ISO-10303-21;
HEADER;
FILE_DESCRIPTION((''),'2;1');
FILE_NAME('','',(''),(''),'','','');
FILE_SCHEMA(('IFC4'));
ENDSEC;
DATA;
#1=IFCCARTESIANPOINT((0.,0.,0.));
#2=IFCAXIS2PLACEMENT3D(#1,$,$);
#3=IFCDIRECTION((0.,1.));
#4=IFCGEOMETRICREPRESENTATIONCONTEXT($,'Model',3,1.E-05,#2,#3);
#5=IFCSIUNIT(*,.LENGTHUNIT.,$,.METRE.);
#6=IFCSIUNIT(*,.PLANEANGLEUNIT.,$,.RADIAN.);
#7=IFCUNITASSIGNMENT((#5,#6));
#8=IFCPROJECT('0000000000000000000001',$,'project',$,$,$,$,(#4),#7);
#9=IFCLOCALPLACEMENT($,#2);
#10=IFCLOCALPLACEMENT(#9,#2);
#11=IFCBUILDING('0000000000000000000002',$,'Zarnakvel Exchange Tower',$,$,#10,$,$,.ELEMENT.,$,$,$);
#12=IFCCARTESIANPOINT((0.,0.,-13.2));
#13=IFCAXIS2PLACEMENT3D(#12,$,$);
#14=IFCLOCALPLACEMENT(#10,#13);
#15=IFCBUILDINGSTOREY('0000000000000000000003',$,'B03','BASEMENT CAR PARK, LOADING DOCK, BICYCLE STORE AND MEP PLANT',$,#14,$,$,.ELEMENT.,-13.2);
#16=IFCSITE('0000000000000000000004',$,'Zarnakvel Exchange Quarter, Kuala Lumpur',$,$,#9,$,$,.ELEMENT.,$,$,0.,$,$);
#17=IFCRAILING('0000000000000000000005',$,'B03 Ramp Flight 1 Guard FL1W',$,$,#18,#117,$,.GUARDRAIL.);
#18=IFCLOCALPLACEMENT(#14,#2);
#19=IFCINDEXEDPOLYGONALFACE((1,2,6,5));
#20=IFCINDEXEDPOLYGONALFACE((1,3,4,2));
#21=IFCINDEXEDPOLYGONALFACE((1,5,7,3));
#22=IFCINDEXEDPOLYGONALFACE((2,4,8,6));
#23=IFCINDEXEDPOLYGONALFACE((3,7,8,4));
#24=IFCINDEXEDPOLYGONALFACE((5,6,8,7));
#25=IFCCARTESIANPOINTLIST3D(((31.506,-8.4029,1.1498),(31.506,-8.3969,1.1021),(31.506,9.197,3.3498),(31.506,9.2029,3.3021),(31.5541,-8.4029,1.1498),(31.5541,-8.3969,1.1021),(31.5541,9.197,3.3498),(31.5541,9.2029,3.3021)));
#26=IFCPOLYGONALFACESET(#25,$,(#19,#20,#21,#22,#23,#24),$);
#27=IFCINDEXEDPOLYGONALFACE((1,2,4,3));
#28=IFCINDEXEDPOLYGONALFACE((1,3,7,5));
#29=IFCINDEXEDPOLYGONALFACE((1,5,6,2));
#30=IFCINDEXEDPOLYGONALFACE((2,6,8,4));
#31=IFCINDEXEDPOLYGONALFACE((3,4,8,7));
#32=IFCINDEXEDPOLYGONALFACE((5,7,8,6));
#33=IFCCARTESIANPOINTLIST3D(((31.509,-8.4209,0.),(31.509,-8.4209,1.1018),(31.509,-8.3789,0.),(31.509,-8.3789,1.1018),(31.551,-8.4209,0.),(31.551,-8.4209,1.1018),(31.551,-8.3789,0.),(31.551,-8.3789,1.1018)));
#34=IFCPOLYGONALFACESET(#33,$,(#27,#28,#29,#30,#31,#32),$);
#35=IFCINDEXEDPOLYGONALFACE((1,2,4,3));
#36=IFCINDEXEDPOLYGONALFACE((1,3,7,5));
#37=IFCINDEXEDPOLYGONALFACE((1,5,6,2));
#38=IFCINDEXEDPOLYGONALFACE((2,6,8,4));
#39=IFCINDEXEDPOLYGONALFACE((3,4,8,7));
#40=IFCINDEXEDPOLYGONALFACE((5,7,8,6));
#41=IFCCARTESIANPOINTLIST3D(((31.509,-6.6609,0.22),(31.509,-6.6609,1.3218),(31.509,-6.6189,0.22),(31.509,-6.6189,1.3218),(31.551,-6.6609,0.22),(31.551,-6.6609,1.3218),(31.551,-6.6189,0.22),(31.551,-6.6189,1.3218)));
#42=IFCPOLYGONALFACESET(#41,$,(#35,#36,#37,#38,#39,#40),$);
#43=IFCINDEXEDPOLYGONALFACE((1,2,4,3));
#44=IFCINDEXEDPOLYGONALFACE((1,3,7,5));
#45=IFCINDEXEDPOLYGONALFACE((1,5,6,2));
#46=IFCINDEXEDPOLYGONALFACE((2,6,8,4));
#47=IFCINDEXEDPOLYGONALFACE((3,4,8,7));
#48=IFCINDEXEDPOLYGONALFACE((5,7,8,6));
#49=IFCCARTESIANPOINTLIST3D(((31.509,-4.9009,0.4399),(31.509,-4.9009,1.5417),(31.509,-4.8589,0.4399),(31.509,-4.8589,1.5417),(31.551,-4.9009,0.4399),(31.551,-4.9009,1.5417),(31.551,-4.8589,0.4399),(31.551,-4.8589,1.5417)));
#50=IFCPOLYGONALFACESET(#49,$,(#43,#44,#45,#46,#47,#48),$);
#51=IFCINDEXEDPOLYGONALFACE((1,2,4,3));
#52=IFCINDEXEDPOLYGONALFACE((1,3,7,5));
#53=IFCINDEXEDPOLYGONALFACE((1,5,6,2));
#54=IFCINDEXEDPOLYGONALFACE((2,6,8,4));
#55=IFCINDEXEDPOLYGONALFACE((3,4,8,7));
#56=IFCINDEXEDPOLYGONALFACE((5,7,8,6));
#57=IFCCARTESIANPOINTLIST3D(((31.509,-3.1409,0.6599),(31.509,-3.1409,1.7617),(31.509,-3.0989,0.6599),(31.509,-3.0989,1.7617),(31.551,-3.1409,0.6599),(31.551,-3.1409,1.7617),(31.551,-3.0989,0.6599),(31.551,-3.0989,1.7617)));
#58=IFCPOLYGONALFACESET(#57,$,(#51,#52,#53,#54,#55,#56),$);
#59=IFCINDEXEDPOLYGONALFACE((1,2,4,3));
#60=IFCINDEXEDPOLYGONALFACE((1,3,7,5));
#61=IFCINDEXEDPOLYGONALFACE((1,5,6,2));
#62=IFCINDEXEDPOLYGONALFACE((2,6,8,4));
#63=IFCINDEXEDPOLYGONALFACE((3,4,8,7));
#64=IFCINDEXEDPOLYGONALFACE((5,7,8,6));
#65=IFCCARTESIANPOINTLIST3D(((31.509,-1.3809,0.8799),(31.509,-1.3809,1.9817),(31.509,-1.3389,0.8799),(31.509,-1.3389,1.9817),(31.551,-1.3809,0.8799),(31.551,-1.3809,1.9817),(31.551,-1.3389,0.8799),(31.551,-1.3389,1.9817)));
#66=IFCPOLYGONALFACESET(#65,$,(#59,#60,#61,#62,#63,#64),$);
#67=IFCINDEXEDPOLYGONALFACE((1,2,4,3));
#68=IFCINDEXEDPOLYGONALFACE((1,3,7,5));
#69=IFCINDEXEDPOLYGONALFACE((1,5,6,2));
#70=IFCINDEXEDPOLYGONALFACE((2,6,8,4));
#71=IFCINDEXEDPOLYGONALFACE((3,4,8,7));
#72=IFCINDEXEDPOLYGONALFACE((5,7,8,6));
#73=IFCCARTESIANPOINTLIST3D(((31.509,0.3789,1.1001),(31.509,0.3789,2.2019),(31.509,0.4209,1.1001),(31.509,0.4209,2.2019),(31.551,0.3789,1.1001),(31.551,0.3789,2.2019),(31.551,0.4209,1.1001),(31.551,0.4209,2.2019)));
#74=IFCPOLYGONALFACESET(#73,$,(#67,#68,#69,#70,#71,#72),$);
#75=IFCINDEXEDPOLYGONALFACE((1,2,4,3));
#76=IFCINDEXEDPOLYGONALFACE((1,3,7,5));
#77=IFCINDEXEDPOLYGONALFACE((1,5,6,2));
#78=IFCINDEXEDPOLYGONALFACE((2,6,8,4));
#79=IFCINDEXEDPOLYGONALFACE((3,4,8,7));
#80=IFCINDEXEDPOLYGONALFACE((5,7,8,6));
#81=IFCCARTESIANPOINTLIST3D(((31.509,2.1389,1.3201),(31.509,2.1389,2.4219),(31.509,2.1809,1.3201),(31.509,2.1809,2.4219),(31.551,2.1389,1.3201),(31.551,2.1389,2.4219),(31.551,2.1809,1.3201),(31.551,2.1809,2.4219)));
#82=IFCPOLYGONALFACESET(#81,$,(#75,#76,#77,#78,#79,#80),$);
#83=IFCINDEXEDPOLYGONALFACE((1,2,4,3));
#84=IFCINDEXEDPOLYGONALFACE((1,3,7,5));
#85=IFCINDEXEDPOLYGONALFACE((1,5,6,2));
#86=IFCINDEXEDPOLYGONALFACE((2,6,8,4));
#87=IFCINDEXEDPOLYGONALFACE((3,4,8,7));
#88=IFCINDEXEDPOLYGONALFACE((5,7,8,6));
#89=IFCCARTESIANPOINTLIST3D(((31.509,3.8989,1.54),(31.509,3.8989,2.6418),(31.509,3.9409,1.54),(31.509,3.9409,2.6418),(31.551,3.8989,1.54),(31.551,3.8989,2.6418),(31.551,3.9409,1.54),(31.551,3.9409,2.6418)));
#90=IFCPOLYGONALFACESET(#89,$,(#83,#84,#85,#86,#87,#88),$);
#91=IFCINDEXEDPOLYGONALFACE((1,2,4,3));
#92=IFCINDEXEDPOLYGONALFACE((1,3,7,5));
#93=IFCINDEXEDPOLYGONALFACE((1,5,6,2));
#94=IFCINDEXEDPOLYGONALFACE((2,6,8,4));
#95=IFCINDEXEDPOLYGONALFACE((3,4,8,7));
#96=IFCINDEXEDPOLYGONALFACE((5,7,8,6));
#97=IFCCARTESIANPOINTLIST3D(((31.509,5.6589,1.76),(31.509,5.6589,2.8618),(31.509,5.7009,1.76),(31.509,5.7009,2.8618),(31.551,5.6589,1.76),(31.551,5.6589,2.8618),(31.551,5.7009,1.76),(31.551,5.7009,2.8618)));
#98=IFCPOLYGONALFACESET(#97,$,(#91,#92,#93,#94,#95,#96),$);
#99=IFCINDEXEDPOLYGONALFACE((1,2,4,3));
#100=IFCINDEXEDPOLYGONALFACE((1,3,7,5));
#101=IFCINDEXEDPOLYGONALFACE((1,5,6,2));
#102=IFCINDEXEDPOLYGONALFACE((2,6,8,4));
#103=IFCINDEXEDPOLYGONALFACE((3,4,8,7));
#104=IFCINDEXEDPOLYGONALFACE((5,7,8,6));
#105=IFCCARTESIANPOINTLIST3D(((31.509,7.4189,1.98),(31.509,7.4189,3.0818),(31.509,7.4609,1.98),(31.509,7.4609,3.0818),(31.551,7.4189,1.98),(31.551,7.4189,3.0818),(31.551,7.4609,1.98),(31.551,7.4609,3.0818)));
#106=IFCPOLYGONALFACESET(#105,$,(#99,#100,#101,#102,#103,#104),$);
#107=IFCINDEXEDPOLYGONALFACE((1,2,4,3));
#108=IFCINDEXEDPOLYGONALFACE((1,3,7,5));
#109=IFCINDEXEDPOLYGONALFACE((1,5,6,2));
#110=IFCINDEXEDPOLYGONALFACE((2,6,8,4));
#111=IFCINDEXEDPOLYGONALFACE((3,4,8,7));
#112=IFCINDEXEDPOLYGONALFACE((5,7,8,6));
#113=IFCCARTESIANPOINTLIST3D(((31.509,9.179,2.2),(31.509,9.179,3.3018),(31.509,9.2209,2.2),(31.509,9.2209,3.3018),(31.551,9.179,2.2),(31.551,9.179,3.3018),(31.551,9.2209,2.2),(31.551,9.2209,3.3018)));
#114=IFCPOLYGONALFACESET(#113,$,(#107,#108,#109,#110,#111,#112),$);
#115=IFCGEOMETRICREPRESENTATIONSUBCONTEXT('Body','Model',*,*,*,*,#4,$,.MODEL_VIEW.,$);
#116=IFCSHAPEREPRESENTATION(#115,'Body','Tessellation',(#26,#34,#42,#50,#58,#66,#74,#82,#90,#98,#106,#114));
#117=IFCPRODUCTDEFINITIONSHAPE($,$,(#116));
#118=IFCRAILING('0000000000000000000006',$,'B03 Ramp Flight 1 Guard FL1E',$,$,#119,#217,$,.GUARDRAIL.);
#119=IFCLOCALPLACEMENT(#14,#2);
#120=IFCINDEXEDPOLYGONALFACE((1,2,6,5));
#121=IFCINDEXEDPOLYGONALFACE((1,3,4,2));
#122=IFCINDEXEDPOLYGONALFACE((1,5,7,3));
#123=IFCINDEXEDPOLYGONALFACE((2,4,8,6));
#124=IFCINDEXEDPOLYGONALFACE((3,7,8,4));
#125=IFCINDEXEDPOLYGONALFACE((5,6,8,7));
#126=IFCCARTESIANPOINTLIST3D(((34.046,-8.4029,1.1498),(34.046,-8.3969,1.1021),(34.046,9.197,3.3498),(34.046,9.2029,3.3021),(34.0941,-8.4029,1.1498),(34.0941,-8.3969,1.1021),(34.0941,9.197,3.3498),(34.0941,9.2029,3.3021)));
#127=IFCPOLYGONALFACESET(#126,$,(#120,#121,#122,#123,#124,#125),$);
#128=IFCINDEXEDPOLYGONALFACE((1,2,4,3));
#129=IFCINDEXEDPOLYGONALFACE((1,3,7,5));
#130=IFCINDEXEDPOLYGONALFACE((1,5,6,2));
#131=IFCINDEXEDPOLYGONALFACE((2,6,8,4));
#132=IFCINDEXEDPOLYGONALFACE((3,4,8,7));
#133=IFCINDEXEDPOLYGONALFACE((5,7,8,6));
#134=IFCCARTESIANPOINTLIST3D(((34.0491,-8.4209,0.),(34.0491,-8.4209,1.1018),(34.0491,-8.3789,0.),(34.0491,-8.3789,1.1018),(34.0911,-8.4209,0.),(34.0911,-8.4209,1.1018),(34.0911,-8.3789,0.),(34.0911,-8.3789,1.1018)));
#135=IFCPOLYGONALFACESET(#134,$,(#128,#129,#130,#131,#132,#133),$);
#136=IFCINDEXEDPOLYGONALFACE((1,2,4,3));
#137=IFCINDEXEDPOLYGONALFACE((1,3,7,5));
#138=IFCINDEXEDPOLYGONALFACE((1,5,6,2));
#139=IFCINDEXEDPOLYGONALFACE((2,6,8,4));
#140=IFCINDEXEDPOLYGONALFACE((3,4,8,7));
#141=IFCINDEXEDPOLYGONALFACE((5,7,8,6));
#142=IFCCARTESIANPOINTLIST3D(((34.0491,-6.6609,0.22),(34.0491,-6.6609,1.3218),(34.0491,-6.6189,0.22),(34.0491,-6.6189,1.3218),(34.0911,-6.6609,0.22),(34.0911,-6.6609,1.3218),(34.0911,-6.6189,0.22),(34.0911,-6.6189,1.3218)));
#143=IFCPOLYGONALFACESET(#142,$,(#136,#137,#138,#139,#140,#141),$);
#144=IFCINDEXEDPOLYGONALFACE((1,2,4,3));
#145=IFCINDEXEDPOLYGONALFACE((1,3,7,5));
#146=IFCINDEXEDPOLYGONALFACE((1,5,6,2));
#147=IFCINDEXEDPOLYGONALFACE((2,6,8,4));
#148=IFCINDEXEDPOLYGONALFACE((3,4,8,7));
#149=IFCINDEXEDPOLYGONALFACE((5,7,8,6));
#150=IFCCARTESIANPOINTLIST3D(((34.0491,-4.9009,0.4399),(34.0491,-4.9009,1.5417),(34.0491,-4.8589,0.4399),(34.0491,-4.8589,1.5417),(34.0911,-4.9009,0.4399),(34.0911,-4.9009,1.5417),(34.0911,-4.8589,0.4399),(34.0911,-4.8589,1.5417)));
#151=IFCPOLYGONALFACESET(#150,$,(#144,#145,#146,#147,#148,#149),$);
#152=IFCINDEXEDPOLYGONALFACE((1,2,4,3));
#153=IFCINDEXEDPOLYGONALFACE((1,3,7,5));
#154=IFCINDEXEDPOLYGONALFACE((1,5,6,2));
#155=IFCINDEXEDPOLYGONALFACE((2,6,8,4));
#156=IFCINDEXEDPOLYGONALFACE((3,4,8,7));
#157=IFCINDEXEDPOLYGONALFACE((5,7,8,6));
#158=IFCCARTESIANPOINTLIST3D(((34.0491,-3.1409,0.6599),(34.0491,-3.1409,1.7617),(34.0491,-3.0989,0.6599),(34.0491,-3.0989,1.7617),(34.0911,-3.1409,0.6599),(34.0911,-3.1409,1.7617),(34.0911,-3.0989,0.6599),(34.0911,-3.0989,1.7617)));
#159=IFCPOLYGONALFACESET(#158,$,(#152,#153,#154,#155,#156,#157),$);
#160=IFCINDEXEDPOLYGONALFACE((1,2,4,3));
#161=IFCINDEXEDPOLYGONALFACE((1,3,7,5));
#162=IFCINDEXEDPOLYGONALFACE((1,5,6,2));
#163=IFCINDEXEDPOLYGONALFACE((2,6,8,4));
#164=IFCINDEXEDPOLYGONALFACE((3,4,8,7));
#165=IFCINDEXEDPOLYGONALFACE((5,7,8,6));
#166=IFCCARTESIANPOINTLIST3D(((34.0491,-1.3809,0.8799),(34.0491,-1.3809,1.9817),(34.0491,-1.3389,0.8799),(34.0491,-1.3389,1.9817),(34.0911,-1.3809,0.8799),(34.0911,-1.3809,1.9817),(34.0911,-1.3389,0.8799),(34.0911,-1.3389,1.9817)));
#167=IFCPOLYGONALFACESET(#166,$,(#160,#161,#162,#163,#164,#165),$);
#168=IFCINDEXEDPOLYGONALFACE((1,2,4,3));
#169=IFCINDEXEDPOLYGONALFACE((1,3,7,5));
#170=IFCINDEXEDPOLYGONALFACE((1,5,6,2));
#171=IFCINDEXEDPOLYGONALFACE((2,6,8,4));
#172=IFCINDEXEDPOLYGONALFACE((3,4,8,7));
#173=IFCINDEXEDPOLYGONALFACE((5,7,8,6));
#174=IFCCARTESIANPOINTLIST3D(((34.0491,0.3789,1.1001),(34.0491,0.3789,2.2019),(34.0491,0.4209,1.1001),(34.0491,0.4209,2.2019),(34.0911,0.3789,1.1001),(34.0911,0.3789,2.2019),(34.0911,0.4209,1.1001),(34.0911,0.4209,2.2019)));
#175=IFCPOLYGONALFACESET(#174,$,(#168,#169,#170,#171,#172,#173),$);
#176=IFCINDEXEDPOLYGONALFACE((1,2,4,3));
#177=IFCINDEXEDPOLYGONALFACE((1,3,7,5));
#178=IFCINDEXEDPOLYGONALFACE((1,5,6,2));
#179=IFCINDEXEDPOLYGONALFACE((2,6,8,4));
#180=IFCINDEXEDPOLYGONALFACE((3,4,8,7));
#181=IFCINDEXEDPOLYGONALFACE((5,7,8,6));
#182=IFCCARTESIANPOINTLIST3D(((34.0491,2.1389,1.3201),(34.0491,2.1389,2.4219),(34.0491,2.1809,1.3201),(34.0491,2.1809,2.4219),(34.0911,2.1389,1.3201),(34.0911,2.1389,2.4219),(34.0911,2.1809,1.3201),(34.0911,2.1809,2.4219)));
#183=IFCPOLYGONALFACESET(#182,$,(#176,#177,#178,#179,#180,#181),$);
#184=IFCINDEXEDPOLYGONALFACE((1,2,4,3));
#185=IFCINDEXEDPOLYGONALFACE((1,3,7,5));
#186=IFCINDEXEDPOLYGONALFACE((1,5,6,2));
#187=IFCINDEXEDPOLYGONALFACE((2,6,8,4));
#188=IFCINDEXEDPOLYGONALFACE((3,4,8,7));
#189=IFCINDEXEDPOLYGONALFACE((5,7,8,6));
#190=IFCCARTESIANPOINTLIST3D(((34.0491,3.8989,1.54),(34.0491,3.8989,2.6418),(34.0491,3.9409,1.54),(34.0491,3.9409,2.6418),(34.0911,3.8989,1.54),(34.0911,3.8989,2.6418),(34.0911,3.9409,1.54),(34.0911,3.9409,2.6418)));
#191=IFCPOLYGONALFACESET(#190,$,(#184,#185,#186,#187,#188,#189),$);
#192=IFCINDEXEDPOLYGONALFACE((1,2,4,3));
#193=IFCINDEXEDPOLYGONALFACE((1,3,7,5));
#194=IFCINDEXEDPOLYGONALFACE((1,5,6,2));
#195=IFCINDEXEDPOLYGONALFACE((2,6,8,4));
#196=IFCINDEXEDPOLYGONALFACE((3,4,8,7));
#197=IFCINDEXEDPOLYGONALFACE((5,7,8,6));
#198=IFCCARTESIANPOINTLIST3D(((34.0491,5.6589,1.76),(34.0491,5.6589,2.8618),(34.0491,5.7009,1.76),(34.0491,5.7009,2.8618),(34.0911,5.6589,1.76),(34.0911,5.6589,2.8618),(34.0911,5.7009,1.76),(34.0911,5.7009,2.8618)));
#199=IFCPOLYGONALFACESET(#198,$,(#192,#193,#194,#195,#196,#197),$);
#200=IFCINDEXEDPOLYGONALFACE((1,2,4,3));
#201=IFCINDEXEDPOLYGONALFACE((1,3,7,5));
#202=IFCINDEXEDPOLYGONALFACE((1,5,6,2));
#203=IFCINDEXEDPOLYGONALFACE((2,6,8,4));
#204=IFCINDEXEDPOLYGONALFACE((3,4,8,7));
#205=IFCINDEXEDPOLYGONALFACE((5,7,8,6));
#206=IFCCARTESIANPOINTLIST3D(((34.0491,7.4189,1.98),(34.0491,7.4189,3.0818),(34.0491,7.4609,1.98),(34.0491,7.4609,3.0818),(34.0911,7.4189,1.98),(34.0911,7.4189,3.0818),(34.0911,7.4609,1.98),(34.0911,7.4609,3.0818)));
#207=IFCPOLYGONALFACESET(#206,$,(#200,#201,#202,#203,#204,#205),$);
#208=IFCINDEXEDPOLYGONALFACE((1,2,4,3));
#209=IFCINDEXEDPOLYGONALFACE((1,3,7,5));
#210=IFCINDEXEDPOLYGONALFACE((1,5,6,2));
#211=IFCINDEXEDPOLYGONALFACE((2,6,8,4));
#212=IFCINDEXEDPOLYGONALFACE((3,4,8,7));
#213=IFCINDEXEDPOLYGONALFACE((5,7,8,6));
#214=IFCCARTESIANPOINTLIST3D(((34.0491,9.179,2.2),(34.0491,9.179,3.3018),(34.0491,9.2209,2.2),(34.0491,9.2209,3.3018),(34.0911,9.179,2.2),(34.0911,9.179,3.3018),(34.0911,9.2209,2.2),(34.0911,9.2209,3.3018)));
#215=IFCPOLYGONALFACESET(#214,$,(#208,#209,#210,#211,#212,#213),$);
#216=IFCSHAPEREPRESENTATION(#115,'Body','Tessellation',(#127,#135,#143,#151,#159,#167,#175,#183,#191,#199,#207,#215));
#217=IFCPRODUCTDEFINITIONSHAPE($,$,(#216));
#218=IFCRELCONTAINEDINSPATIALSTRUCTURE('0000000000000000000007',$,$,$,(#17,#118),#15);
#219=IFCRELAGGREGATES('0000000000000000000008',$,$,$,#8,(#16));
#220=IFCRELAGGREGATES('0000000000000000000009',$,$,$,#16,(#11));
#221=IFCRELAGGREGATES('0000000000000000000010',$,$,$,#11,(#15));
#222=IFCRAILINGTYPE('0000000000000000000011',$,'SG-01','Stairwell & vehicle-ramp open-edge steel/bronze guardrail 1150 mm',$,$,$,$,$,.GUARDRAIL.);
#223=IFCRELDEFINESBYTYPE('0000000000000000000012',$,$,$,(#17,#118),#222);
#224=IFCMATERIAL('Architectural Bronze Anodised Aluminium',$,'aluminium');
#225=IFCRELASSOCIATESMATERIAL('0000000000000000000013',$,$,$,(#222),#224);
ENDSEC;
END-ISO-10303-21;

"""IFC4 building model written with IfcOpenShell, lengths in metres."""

from ifc_helpers import new_model, si_unit, direction, frame, origin, origin_2d, place, context, subcontext, project, spatial, rectangle, extrude, material, type_object, element, save


model = new_model("IFC4")

# Units and contexts
model_context = context("Model", 3, precision=1e-05, world=origin(), true_north=direction((0.0, 1.0)))
body_context = subcontext(model_context, "Body", "Model", "MODEL_VIEW")
ifc_project = project(units=[si_unit("LENGTHUNIT", "METRE"), si_unit("PLANEANGLEUNIT", "RADIAN")], contexts=[model_context])

# Site, building, storey
site_placement = place(None, origin())
site = spatial("IfcSite", under=ifc_project, at=site_placement, Name="Zarnakvel Exchange Quarter, Kuala Lumpur", CompositionType="ELEMENT", RefElevation=0.0)
building_placement = place(site_placement, origin())
building = spatial("IfcBuilding", under=site, at=building_placement, Name="Zarnakvel Exchange Tower", CompositionType="ELEMENT")
storey_placement = place(building_placement, frame((0.0, 0.0, -13.2)))
storey = spatial("IfcBuildingStorey", under=building, at=storey_placement, Name="B03", Description="BASEMENT CAR PARK, LOADING DOCK, BICYCLE STORE AND MEP PLANT", CompositionType="ELEMENT", Elevation=-13.2)

# Railings
ifc_material_1 = material(Name="Architectural Bronze Anodised Aluminium", Category="aluminium")
railing_type = type_object("IfcRailingType", Name="SG-01", Description="Stairwell & vehicle-ramp open-edge steel/bronze guardrail 1150 mm", PredefinedType="GUARDRAIL", material=ifc_material_1)
railing_1_placement = place(storey_placement, frame((31.53, -8.3999, 0.0)))
element("IfcRailing", 1, at=railing_1_placement, inside=storey, type_object=railing_type, Name="B03 Ramp Flight 1 Guard FL1W", PredefinedType="GUARDRAIL", context=body_context, shape_type="SweptSolid", body=[
    extrude(rectangle(XDim=0.0481, YDim=0.0481, at=origin_2d()), frame((0.0, 0.0, 1.126), z_axis=(0.0, 0.992278, 0.124033), x_axis=(-1.0, 0.0, 0.0)), (0.0, 0.0, 1.0), 17.7368),
    extrude(rectangle(XDim=0.042, YDim=0.042, at=origin_2d()), origin(), (0.0, 0.0, 1.0), 1.1018),
    extrude(rectangle(XDim=0.042, YDim=0.042, at=origin_2d()), frame((0.0, 1.76, 0.22)), (0.0, 0.0, 1.0), 1.1018),
    extrude(rectangle(XDim=0.042, YDim=0.042, at=origin_2d()), frame((0.0, 3.52, 0.4399)), (0.0, 0.0, 1.0), 1.1018),
    extrude(rectangle(XDim=0.042, YDim=0.042, at=origin_2d()), frame((0.0, 5.28, 0.6599)), (0.0, 0.0, 1.0), 1.1018),
    extrude(rectangle(XDim=0.042, YDim=0.042, at=origin_2d()), frame((0.0, 7.04, 0.8799)), (0.0, 0.0, 1.0), 1.1018),
    extrude(rectangle(XDim=0.042, YDim=0.042, at=origin_2d()), frame((0.0, 8.7998, 1.1001)), (0.0, 0.0, 1.0), 1.1018),
    extrude(rectangle(XDim=0.042, YDim=0.042, at=origin_2d()), frame((0.0, 10.5598, 1.3201)), (0.0, 0.0, 1.0), 1.1018),
    extrude(rectangle(XDim=0.042, YDim=0.042, at=origin_2d()), frame((0.0, 12.3198, 1.54)), (0.0, 0.0, 1.0), 1.1018),
    extrude(rectangle(XDim=0.042, YDim=0.042, at=origin_2d()), frame((0.0, 14.0798, 1.76)), (0.0, 0.0, 1.0), 1.1018),
    extrude(rectangle(XDim=0.042, YDim=0.042, at=origin_2d()), frame((0.0, 15.8398, 1.98)), (0.0, 0.0, 1.0), 1.1018),
    extrude(rectangle(XDim=0.042, YDim=0.042, at=origin_2d()), frame((0.0, 17.5999, 2.2)), (0.0, 0.0, 1.0), 1.1018),
])
railing_2_placement = place(storey_placement, frame((34.0701, -8.3999, 0.0)))
element("IfcRailing", 2, at=railing_2_placement, inside=storey, type_object=railing_type, Name="B03 Ramp Flight 1 Guard FL1E", PredefinedType="GUARDRAIL", context=body_context, shape_type="SweptSolid", body=[
    extrude(rectangle(XDim=0.0481, YDim=0.0481, at=origin_2d()), frame((0.0, 0.0, 1.126), z_axis=(0.0, 0.992278, 0.124033), x_axis=(-1.0, 0.0, 0.0)), (0.0, 0.0, 1.0), 17.7368),
    extrude(rectangle(XDim=0.042, YDim=0.042, at=origin_2d()), origin(), (0.0, 0.0, 1.0), 1.1018),
    extrude(rectangle(XDim=0.042, YDim=0.042, at=origin_2d()), frame((0.0, 1.76, 0.22)), (0.0, 0.0, 1.0), 1.1018),
    extrude(rectangle(XDim=0.042, YDim=0.042, at=origin_2d()), frame((0.0, 3.52, 0.4399)), (0.0, 0.0, 1.0), 1.1018),
    extrude(rectangle(XDim=0.042, YDim=0.042, at=origin_2d()), frame((0.0, 5.28, 0.6599)), (0.0, 0.0, 1.0), 1.1018),
    extrude(rectangle(XDim=0.042, YDim=0.042, at=origin_2d()), frame((0.0, 7.04, 0.8799)), (0.0, 0.0, 1.0), 1.1018),
    extrude(rectangle(XDim=0.042, YDim=0.042, at=origin_2d()), frame((0.0, 8.7998, 1.1001)), (0.0, 0.0, 1.0), 1.1018),
    extrude(rectangle(XDim=0.042, YDim=0.042, at=origin_2d()), frame((0.0, 10.5598, 1.3201)), (0.0, 0.0, 1.0), 1.1018),
    extrude(rectangle(XDim=0.042, YDim=0.042, at=origin_2d()), frame((0.0, 12.3198, 1.54)), (0.0, 0.0, 1.0), 1.1018),
    extrude(rectangle(XDim=0.042, YDim=0.042, at=origin_2d()), frame((0.0, 14.0798, 1.76)), (0.0, 0.0, 1.0), 1.1018),
    extrude(rectangle(XDim=0.042, YDim=0.042, at=origin_2d()), frame((0.0, 15.8398, 1.98)), (0.0, 0.0, 1.0), 1.1018),
    extrude(rectangle(XDim=0.042, YDim=0.042, at=origin_2d()), frame((0.0, 17.5999, 2.2)), (0.0, 0.0, 1.0), 1.1018),
])

save(model, "model.ifc")
